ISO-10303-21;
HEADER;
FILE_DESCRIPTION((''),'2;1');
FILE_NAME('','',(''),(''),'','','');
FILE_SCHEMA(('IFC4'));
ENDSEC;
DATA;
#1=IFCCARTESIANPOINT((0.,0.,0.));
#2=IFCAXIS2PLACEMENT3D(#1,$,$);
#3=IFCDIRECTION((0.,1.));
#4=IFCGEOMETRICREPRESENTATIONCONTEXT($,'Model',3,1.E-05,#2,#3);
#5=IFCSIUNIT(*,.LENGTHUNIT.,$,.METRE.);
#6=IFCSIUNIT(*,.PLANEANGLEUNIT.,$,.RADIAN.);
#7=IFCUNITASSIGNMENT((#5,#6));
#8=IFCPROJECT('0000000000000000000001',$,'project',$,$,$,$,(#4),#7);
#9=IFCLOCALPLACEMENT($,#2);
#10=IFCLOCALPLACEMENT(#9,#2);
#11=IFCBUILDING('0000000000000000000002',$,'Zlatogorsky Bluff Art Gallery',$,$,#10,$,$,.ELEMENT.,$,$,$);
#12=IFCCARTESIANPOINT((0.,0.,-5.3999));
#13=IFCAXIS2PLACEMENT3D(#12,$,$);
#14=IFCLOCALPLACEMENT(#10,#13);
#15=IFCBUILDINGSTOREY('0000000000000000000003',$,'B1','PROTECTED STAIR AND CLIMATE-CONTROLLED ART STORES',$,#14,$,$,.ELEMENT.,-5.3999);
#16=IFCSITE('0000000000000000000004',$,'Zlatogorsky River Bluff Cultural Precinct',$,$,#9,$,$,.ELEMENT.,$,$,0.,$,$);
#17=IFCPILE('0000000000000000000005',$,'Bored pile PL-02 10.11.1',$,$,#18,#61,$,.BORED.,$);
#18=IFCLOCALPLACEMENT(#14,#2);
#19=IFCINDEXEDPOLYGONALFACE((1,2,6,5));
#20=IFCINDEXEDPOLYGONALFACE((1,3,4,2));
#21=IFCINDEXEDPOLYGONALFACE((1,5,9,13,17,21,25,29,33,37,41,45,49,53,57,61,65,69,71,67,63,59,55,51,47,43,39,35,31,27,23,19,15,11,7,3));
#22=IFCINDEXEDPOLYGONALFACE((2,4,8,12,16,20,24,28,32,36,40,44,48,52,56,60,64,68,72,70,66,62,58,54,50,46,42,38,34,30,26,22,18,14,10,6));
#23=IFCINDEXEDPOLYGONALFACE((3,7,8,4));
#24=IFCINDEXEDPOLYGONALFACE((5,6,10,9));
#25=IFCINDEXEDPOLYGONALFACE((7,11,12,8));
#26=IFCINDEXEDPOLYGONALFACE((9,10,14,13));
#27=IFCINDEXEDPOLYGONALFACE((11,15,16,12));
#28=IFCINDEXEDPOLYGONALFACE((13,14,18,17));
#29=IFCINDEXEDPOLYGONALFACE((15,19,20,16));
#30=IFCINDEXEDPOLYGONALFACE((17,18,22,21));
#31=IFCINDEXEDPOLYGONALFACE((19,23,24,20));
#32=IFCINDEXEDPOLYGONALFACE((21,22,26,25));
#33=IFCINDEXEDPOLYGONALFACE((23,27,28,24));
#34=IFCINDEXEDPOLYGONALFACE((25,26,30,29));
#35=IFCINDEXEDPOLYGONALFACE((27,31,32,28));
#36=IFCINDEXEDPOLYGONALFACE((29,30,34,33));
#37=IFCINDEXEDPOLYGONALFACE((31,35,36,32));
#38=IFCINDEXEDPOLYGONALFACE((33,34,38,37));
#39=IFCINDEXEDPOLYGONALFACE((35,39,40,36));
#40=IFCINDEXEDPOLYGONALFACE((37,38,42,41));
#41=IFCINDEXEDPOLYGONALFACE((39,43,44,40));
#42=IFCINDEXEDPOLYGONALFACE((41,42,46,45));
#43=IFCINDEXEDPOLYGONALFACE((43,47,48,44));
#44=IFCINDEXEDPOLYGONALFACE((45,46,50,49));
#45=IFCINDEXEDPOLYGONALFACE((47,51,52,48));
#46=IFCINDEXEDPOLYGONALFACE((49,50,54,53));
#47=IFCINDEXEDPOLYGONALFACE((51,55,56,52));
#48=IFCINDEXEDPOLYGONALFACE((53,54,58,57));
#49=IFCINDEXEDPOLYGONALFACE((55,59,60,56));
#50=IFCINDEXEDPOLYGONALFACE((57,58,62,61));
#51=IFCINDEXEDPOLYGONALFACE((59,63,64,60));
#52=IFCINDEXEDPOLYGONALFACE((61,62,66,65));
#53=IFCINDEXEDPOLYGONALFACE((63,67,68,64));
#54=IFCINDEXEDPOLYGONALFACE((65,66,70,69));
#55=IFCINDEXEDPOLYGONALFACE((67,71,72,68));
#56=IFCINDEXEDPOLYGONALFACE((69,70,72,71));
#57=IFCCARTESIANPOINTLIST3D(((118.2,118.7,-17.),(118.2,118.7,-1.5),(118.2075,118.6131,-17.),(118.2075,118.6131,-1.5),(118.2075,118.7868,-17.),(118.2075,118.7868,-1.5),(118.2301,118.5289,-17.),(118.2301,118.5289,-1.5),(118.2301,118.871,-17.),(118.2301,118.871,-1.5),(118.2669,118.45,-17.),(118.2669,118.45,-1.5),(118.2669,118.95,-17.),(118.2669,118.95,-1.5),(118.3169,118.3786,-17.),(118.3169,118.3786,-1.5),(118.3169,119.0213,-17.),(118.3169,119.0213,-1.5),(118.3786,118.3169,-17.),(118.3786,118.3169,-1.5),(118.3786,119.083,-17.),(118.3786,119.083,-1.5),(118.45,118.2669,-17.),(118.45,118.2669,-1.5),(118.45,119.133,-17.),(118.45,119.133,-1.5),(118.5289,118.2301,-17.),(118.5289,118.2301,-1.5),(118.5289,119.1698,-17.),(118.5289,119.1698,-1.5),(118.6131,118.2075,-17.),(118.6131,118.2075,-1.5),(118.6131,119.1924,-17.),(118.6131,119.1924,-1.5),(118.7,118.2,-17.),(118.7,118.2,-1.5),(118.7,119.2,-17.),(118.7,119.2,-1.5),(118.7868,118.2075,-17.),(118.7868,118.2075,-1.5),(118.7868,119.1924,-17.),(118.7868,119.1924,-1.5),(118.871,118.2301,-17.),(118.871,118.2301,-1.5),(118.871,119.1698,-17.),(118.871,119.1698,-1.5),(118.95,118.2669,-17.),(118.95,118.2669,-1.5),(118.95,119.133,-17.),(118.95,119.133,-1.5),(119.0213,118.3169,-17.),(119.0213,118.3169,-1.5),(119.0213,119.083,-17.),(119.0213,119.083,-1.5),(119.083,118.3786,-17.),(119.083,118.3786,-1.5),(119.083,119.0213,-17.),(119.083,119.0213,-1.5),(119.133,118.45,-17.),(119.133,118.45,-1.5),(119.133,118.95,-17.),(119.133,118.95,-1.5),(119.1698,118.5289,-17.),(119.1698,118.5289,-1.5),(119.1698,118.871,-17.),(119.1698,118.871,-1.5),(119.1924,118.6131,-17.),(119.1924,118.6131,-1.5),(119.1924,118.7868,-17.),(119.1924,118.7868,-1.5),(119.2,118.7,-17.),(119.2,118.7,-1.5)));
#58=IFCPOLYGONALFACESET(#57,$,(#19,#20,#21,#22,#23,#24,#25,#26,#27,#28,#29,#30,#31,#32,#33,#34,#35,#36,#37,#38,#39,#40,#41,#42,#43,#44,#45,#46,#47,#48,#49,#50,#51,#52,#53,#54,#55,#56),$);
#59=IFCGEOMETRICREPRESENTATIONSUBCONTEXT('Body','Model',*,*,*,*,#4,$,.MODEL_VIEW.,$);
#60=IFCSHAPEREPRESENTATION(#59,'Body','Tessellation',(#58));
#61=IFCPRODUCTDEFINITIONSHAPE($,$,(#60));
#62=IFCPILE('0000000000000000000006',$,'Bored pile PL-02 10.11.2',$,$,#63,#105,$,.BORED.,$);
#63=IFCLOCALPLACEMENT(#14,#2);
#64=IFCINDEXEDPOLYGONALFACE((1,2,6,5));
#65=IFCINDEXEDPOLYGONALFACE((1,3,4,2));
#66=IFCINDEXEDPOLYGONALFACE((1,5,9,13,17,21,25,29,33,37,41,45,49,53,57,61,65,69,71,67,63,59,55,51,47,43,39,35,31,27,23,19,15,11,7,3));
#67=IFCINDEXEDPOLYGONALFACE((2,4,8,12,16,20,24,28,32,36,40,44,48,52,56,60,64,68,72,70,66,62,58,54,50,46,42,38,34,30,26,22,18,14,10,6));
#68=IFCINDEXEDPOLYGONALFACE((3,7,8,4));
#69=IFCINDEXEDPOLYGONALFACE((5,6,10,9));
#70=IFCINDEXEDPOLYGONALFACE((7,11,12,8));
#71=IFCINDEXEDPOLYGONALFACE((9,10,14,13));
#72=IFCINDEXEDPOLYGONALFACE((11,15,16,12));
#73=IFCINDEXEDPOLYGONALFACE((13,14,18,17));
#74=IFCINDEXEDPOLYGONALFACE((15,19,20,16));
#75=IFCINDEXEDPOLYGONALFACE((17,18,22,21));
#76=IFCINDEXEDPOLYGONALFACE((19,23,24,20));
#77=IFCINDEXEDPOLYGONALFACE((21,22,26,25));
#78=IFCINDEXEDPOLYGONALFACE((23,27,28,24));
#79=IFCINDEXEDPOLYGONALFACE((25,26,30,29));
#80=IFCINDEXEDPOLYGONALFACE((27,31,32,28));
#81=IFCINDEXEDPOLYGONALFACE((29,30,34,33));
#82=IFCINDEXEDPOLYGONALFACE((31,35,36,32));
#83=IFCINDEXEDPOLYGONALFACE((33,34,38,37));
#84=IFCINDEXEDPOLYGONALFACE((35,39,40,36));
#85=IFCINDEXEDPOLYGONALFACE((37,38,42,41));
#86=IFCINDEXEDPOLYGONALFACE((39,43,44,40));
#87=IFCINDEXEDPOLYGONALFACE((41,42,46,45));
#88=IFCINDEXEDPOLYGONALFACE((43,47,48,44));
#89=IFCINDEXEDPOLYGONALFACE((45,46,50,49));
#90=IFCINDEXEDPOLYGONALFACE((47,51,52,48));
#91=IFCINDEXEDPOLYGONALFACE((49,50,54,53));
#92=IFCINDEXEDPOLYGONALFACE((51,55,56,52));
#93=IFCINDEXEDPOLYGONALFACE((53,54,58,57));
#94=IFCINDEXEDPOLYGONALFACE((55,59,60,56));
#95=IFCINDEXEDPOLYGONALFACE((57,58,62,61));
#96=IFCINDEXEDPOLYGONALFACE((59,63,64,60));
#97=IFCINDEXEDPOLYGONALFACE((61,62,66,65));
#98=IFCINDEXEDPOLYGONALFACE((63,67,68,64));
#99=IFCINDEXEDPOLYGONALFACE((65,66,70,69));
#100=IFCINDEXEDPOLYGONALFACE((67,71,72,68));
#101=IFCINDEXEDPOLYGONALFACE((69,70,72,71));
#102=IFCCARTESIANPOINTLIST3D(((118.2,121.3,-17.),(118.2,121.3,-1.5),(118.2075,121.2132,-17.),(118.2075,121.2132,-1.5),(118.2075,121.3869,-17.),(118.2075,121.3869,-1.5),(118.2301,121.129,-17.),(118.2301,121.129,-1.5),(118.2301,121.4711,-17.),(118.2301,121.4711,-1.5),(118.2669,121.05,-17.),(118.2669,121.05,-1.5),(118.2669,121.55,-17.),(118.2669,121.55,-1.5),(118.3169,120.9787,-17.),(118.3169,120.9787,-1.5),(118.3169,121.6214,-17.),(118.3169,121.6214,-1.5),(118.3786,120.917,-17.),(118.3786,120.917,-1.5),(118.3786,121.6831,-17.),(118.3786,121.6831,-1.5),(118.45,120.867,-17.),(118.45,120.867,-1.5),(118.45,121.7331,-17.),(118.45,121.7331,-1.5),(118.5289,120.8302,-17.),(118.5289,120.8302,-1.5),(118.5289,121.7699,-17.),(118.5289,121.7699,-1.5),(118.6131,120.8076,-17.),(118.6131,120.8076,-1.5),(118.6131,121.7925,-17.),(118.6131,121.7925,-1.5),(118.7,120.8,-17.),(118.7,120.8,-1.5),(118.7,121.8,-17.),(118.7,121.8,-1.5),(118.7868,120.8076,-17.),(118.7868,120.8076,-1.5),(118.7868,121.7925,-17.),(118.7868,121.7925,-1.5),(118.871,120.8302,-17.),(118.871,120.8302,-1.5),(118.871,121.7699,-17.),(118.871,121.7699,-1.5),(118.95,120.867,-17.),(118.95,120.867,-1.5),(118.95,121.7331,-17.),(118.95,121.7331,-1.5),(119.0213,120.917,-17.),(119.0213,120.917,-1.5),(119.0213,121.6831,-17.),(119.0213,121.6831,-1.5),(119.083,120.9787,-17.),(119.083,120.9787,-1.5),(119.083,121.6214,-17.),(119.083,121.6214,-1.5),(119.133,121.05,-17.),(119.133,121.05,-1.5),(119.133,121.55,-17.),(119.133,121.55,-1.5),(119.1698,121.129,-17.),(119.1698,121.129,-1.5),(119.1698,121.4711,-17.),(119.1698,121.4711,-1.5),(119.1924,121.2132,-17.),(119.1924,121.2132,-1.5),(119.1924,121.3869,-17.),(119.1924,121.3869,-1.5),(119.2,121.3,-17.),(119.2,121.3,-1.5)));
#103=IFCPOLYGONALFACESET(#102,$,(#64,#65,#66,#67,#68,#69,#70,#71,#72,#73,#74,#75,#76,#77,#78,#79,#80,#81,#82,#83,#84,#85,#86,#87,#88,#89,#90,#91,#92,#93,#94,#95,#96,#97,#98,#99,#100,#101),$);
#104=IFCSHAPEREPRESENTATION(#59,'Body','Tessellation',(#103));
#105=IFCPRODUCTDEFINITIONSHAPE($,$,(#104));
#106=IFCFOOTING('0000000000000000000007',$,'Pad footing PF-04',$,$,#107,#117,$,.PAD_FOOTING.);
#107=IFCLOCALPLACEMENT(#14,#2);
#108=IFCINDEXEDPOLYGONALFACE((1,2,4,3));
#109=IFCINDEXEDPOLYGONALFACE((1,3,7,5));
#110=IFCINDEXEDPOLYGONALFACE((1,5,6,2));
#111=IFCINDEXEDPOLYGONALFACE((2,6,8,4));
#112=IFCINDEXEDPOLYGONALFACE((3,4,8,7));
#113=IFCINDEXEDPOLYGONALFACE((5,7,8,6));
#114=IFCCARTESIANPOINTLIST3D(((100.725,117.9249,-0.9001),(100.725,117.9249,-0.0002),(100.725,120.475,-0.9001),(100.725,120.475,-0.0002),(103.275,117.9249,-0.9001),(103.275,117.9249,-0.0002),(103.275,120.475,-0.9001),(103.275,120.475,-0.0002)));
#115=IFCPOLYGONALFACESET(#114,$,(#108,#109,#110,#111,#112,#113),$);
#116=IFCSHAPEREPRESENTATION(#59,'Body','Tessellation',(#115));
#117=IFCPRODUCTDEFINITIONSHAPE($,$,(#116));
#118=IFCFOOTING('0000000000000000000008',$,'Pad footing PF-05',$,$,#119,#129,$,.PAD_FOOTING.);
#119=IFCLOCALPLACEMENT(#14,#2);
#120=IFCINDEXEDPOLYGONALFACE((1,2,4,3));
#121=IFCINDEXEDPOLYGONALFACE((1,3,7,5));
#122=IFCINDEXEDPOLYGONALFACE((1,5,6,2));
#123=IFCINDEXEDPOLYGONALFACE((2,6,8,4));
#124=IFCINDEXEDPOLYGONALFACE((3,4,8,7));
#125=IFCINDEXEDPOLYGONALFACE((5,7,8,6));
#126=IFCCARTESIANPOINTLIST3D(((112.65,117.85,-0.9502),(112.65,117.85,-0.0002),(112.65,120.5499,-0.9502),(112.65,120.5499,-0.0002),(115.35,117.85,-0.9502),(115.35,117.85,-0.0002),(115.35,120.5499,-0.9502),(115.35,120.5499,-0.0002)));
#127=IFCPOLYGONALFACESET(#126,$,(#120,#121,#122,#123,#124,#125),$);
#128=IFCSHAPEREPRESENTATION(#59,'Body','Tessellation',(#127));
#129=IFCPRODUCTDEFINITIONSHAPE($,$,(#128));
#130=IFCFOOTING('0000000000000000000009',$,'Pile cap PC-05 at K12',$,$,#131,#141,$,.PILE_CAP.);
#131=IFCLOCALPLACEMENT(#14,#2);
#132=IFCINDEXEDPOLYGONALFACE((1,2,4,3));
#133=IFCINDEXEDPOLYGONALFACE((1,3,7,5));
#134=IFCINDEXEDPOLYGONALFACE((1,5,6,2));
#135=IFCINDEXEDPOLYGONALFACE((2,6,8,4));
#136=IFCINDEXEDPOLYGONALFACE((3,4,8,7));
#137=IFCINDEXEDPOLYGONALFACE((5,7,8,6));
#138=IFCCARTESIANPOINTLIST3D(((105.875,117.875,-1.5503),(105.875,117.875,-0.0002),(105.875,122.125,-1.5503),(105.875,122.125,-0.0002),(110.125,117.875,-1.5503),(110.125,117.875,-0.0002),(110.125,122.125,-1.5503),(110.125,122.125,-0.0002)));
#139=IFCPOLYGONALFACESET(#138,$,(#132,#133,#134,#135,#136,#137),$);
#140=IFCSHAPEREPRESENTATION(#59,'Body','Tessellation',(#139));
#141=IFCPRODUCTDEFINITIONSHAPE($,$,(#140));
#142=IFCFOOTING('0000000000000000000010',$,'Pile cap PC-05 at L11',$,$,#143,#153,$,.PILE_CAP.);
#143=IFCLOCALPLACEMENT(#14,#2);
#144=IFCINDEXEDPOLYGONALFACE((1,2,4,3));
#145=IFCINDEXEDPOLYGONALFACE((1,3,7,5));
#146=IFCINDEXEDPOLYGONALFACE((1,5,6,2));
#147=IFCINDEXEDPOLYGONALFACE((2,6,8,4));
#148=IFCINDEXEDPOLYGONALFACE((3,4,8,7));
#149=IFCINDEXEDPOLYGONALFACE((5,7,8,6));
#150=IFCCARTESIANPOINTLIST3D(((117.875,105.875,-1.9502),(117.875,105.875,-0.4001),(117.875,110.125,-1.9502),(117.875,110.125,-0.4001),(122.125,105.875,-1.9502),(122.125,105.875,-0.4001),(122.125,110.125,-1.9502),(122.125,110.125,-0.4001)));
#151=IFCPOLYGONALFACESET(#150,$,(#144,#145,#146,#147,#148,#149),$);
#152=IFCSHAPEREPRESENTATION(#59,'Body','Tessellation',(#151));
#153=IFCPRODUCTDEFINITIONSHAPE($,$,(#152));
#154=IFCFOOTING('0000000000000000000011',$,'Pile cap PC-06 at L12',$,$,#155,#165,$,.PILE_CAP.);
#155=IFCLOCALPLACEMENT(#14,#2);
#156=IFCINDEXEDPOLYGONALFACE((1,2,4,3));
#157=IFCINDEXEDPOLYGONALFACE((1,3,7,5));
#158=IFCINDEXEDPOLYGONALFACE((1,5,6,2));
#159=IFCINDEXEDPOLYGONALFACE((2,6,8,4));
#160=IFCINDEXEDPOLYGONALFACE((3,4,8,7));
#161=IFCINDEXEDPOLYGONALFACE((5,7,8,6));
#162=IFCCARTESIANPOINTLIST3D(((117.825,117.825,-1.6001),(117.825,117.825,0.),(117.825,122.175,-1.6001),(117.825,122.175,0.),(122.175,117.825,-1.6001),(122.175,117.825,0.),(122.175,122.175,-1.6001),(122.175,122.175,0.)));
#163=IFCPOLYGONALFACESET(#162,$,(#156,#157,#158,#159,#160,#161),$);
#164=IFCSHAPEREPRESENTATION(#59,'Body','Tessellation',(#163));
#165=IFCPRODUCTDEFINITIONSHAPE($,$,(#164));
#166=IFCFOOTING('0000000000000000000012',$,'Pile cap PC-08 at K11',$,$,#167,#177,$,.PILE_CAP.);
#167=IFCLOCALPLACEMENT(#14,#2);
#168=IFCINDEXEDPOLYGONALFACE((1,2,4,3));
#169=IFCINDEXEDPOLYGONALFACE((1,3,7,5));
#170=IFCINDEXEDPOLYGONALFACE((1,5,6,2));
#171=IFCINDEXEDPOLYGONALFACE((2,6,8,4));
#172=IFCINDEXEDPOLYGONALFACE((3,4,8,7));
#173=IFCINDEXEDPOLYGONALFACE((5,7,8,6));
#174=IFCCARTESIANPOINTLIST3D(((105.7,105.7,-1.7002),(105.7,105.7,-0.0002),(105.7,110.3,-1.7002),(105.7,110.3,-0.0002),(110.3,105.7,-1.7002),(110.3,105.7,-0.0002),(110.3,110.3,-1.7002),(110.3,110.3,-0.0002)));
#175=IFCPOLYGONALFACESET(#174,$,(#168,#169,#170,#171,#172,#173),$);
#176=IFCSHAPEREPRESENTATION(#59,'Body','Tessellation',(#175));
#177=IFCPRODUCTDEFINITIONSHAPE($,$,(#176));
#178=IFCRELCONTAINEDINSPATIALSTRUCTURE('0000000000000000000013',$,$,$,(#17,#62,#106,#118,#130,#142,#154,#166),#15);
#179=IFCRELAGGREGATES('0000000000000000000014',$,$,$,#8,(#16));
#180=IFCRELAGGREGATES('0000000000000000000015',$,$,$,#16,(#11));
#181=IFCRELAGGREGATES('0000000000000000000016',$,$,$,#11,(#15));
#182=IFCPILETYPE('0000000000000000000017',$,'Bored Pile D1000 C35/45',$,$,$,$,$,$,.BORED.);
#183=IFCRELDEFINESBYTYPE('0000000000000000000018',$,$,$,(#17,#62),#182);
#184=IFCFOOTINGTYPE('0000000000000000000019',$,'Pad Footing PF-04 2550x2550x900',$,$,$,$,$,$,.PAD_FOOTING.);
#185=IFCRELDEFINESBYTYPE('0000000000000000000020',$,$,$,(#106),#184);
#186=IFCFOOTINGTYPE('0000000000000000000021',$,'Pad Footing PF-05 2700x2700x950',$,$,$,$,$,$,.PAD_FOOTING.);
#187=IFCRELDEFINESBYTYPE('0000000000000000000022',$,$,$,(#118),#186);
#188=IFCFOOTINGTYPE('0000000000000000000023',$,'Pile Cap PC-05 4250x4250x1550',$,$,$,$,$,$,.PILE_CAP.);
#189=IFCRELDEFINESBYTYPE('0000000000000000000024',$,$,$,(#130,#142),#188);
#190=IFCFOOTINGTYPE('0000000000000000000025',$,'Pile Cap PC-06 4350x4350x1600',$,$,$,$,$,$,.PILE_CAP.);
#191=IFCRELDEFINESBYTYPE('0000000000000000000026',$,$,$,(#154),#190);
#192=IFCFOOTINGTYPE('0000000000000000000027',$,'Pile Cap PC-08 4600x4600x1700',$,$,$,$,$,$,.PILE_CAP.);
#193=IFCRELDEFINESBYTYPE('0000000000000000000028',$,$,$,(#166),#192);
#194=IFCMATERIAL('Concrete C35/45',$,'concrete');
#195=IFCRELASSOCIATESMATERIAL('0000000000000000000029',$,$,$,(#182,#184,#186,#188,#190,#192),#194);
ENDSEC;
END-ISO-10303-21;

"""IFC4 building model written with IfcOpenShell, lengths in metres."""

from ifc_helpers import new_model, si_unit, direction, frame, origin, origin_2d, place, context, subcontext, project, spatial, rectangle, circle, extrude, material, material_profile, profile_set, type_object, element, save


model = new_model("IFC4")

# Units and contexts
model_context = context("Model", 3, precision=1e-05, world=origin(), true_north=direction((0.0, 1.0)))
body_context = subcontext(model_context, "Body", "Model", "MODEL_VIEW")
ifc_project = project(units=[si_unit("LENGTHUNIT", "METRE"), si_unit("PLANEANGLEUNIT", "RADIAN")], contexts=[model_context])

# Site, building, storey
site_placement = place(None, origin())
site = spatial("IfcSite", under=ifc_project, at=site_placement, Name="Zlatogorsky River Bluff Cultural Precinct", CompositionType="ELEMENT", RefElevation=0.0)
building_placement = place(site_placement, origin())
building = spatial("IfcBuilding", under=site, at=building_placement, Name="Zlatogorsky Bluff Art Gallery", CompositionType="ELEMENT")
storey_placement = place(building_placement, frame((0.0, 0.0, -5.3999)))
storey = spatial("IfcBuildingStorey", under=building, at=storey_placement, Name="B1", Description="PROTECTED STAIR AND CLIMATE-CONTROLLED ART STORES", CompositionType="ELEMENT", Elevation=-5.3999)

# Piles
ifc_material_1 = material(Name="Concrete C35/45", Category="concrete")
ifc_material_profile_1 = material_profile(ifc_material_1, circle(Radius=0.5, at=origin_2d()), Name="BORED PILE D1000")
ifc_profile_set_1 = profile_set([ifc_material_profile_1], Name="Concrete C35/45")
pile_type = type_object("IfcPileType", Name="Bored Pile D1000 C35/45", PredefinedType="BORED", material=ifc_profile_set_1)
for number, where, z_axis, x_axis, name in (
    (1, (118.7, 118.7, -1.5), (0.0, 0.0, -1.0), (1.0, 0.0, 0.0), "Bored pile PL-02 10.11.1"),
    (2, (118.7, 121.3, -1.5), (0.0, 0.0, -1.0), (1.0, 0.0, 0.0), "Bored pile PL-02 10.11.2"),
):
    element("IfcPile", number, at=place(storey_placement, frame(where, z_axis=z_axis, x_axis=x_axis)), inside=storey, type_object=pile_type, Name=name, PredefinedType="BORED", context=body_context, shape_type="SweptSolid", body=[
        extrude(circle(Radius=0.5, at=origin_2d()), origin(), (0.0, 0.0, 1.0), 15.5),
    ])

# Footings
footing_type_1 = type_object("IfcFootingType", Name="Pad Footing PF-04 2550x2550x900", PredefinedType="PAD_FOOTING", material=ifc_material_1)
footing_1_placement = place(storey_placement, frame((102.0, 119.2, -0.9001), z_axis=(0.0, 0.0, 1.0), x_axis=(1.0, 0.0, 0.0)))
element("IfcFooting", 3, at=footing_1_placement, inside=storey, type_object=footing_type_1, Name="Pad footing PF-04", PredefinedType="PAD_FOOTING", context=body_context, shape_type="SweptSolid", body=[
    extrude(rectangle(XDim=2.55, YDim=2.55, at=origin_2d()), origin(), (0.0, 0.0, 1.0), 0.8999),
])
footing_type_2 = type_object("IfcFootingType", Name="Pad Footing PF-05 2700x2700x950", PredefinedType="PAD_FOOTING", material=ifc_material_1)
footing_2_placement = place(storey_placement, frame((114.0, 119.2, -0.9502), z_axis=(0.0, 0.0, 1.0), x_axis=(1.0, 0.0, 0.0)))
element("IfcFooting", 4, at=footing_2_placement, inside=storey, type_object=footing_type_2, Name="Pad footing PF-05", PredefinedType="PAD_FOOTING", context=body_context, shape_type="SweptSolid", body=[
    extrude(rectangle(XDim=2.7, YDim=2.7, at=origin_2d()), origin(), (0.0, 0.0, 1.0), 0.95),
])
footing_type_3 = type_object("IfcFootingType", Name="Pile Cap PC-05 4250x4250x1550", PredefinedType="PILE_CAP", material=ifc_material_1)
for number, where, z_axis, x_axis, name in (
    (5, (108.0, 120.0, -1.5503), (0.0, 0.0, 1.0), (1.0, 0.0, 0.0), "Pile cap PC-05 at K12"),
    (6, (120.0, 108.0, -1.9502), (0.0, 0.0, 1.0), (1.0, 0.0, 0.0), "Pile cap PC-05 at L11"),
):
    element("IfcFooting", number, at=place(storey_placement, frame(where, z_axis=z_axis, x_axis=x_axis)), inside=storey, type_object=footing_type_3, Name=name, PredefinedType="PILE_CAP", context=body_context, shape_type="SweptSolid", body=[
        extrude(rectangle(XDim=4.25, YDim=4.25, at=origin_2d()), origin(), (0.0, 0.0, 1.0), 1.55),
    ])
footing_type_4 = type_object("IfcFootingType", Name="Pile Cap PC-06 4350x4350x1600", PredefinedType="PILE_CAP", material=ifc_material_1)
footing_3_placement = place(storey_placement, frame((120.0, 120.0, -1.6001), z_axis=(0.0, 0.0, 1.0), x_axis=(1.0, 0.0, 0.0)))
element("IfcFooting", 7, at=footing_3_placement, inside=storey, type_object=footing_type_4, Name="Pile cap PC-06 at L12", PredefinedType="PILE_CAP", context=body_context, shape_type="SweptSolid", body=[
    extrude(rectangle(XDim=4.3501, YDim=4.3501, at=origin_2d()), origin(), (0.0, 0.0, 1.0), 1.6001),
])
footing_type_5 = type_object("IfcFootingType", Name="Pile Cap PC-08 4600x4600x1700", PredefinedType="PILE_CAP", material=ifc_material_1)
footing_4_placement = place(storey_placement, frame((108.0, 108.0, -1.7002), z_axis=(0.0, 0.0, 1.0), x_axis=(1.0, 0.0, 0.0)))
element("IfcFooting", 8, at=footing_4_placement, inside=storey, type_object=footing_type_5, Name="Pile cap PC-08 at K11", PredefinedType="PILE_CAP", context=body_context, shape_type="SweptSolid", body=[
    extrude(rectangle(XDim=4.6001, YDim=4.6001, at=origin_2d()), origin(), (0.0, 0.0, 1.0), 1.7),
])

save(model, "model.ifc")
